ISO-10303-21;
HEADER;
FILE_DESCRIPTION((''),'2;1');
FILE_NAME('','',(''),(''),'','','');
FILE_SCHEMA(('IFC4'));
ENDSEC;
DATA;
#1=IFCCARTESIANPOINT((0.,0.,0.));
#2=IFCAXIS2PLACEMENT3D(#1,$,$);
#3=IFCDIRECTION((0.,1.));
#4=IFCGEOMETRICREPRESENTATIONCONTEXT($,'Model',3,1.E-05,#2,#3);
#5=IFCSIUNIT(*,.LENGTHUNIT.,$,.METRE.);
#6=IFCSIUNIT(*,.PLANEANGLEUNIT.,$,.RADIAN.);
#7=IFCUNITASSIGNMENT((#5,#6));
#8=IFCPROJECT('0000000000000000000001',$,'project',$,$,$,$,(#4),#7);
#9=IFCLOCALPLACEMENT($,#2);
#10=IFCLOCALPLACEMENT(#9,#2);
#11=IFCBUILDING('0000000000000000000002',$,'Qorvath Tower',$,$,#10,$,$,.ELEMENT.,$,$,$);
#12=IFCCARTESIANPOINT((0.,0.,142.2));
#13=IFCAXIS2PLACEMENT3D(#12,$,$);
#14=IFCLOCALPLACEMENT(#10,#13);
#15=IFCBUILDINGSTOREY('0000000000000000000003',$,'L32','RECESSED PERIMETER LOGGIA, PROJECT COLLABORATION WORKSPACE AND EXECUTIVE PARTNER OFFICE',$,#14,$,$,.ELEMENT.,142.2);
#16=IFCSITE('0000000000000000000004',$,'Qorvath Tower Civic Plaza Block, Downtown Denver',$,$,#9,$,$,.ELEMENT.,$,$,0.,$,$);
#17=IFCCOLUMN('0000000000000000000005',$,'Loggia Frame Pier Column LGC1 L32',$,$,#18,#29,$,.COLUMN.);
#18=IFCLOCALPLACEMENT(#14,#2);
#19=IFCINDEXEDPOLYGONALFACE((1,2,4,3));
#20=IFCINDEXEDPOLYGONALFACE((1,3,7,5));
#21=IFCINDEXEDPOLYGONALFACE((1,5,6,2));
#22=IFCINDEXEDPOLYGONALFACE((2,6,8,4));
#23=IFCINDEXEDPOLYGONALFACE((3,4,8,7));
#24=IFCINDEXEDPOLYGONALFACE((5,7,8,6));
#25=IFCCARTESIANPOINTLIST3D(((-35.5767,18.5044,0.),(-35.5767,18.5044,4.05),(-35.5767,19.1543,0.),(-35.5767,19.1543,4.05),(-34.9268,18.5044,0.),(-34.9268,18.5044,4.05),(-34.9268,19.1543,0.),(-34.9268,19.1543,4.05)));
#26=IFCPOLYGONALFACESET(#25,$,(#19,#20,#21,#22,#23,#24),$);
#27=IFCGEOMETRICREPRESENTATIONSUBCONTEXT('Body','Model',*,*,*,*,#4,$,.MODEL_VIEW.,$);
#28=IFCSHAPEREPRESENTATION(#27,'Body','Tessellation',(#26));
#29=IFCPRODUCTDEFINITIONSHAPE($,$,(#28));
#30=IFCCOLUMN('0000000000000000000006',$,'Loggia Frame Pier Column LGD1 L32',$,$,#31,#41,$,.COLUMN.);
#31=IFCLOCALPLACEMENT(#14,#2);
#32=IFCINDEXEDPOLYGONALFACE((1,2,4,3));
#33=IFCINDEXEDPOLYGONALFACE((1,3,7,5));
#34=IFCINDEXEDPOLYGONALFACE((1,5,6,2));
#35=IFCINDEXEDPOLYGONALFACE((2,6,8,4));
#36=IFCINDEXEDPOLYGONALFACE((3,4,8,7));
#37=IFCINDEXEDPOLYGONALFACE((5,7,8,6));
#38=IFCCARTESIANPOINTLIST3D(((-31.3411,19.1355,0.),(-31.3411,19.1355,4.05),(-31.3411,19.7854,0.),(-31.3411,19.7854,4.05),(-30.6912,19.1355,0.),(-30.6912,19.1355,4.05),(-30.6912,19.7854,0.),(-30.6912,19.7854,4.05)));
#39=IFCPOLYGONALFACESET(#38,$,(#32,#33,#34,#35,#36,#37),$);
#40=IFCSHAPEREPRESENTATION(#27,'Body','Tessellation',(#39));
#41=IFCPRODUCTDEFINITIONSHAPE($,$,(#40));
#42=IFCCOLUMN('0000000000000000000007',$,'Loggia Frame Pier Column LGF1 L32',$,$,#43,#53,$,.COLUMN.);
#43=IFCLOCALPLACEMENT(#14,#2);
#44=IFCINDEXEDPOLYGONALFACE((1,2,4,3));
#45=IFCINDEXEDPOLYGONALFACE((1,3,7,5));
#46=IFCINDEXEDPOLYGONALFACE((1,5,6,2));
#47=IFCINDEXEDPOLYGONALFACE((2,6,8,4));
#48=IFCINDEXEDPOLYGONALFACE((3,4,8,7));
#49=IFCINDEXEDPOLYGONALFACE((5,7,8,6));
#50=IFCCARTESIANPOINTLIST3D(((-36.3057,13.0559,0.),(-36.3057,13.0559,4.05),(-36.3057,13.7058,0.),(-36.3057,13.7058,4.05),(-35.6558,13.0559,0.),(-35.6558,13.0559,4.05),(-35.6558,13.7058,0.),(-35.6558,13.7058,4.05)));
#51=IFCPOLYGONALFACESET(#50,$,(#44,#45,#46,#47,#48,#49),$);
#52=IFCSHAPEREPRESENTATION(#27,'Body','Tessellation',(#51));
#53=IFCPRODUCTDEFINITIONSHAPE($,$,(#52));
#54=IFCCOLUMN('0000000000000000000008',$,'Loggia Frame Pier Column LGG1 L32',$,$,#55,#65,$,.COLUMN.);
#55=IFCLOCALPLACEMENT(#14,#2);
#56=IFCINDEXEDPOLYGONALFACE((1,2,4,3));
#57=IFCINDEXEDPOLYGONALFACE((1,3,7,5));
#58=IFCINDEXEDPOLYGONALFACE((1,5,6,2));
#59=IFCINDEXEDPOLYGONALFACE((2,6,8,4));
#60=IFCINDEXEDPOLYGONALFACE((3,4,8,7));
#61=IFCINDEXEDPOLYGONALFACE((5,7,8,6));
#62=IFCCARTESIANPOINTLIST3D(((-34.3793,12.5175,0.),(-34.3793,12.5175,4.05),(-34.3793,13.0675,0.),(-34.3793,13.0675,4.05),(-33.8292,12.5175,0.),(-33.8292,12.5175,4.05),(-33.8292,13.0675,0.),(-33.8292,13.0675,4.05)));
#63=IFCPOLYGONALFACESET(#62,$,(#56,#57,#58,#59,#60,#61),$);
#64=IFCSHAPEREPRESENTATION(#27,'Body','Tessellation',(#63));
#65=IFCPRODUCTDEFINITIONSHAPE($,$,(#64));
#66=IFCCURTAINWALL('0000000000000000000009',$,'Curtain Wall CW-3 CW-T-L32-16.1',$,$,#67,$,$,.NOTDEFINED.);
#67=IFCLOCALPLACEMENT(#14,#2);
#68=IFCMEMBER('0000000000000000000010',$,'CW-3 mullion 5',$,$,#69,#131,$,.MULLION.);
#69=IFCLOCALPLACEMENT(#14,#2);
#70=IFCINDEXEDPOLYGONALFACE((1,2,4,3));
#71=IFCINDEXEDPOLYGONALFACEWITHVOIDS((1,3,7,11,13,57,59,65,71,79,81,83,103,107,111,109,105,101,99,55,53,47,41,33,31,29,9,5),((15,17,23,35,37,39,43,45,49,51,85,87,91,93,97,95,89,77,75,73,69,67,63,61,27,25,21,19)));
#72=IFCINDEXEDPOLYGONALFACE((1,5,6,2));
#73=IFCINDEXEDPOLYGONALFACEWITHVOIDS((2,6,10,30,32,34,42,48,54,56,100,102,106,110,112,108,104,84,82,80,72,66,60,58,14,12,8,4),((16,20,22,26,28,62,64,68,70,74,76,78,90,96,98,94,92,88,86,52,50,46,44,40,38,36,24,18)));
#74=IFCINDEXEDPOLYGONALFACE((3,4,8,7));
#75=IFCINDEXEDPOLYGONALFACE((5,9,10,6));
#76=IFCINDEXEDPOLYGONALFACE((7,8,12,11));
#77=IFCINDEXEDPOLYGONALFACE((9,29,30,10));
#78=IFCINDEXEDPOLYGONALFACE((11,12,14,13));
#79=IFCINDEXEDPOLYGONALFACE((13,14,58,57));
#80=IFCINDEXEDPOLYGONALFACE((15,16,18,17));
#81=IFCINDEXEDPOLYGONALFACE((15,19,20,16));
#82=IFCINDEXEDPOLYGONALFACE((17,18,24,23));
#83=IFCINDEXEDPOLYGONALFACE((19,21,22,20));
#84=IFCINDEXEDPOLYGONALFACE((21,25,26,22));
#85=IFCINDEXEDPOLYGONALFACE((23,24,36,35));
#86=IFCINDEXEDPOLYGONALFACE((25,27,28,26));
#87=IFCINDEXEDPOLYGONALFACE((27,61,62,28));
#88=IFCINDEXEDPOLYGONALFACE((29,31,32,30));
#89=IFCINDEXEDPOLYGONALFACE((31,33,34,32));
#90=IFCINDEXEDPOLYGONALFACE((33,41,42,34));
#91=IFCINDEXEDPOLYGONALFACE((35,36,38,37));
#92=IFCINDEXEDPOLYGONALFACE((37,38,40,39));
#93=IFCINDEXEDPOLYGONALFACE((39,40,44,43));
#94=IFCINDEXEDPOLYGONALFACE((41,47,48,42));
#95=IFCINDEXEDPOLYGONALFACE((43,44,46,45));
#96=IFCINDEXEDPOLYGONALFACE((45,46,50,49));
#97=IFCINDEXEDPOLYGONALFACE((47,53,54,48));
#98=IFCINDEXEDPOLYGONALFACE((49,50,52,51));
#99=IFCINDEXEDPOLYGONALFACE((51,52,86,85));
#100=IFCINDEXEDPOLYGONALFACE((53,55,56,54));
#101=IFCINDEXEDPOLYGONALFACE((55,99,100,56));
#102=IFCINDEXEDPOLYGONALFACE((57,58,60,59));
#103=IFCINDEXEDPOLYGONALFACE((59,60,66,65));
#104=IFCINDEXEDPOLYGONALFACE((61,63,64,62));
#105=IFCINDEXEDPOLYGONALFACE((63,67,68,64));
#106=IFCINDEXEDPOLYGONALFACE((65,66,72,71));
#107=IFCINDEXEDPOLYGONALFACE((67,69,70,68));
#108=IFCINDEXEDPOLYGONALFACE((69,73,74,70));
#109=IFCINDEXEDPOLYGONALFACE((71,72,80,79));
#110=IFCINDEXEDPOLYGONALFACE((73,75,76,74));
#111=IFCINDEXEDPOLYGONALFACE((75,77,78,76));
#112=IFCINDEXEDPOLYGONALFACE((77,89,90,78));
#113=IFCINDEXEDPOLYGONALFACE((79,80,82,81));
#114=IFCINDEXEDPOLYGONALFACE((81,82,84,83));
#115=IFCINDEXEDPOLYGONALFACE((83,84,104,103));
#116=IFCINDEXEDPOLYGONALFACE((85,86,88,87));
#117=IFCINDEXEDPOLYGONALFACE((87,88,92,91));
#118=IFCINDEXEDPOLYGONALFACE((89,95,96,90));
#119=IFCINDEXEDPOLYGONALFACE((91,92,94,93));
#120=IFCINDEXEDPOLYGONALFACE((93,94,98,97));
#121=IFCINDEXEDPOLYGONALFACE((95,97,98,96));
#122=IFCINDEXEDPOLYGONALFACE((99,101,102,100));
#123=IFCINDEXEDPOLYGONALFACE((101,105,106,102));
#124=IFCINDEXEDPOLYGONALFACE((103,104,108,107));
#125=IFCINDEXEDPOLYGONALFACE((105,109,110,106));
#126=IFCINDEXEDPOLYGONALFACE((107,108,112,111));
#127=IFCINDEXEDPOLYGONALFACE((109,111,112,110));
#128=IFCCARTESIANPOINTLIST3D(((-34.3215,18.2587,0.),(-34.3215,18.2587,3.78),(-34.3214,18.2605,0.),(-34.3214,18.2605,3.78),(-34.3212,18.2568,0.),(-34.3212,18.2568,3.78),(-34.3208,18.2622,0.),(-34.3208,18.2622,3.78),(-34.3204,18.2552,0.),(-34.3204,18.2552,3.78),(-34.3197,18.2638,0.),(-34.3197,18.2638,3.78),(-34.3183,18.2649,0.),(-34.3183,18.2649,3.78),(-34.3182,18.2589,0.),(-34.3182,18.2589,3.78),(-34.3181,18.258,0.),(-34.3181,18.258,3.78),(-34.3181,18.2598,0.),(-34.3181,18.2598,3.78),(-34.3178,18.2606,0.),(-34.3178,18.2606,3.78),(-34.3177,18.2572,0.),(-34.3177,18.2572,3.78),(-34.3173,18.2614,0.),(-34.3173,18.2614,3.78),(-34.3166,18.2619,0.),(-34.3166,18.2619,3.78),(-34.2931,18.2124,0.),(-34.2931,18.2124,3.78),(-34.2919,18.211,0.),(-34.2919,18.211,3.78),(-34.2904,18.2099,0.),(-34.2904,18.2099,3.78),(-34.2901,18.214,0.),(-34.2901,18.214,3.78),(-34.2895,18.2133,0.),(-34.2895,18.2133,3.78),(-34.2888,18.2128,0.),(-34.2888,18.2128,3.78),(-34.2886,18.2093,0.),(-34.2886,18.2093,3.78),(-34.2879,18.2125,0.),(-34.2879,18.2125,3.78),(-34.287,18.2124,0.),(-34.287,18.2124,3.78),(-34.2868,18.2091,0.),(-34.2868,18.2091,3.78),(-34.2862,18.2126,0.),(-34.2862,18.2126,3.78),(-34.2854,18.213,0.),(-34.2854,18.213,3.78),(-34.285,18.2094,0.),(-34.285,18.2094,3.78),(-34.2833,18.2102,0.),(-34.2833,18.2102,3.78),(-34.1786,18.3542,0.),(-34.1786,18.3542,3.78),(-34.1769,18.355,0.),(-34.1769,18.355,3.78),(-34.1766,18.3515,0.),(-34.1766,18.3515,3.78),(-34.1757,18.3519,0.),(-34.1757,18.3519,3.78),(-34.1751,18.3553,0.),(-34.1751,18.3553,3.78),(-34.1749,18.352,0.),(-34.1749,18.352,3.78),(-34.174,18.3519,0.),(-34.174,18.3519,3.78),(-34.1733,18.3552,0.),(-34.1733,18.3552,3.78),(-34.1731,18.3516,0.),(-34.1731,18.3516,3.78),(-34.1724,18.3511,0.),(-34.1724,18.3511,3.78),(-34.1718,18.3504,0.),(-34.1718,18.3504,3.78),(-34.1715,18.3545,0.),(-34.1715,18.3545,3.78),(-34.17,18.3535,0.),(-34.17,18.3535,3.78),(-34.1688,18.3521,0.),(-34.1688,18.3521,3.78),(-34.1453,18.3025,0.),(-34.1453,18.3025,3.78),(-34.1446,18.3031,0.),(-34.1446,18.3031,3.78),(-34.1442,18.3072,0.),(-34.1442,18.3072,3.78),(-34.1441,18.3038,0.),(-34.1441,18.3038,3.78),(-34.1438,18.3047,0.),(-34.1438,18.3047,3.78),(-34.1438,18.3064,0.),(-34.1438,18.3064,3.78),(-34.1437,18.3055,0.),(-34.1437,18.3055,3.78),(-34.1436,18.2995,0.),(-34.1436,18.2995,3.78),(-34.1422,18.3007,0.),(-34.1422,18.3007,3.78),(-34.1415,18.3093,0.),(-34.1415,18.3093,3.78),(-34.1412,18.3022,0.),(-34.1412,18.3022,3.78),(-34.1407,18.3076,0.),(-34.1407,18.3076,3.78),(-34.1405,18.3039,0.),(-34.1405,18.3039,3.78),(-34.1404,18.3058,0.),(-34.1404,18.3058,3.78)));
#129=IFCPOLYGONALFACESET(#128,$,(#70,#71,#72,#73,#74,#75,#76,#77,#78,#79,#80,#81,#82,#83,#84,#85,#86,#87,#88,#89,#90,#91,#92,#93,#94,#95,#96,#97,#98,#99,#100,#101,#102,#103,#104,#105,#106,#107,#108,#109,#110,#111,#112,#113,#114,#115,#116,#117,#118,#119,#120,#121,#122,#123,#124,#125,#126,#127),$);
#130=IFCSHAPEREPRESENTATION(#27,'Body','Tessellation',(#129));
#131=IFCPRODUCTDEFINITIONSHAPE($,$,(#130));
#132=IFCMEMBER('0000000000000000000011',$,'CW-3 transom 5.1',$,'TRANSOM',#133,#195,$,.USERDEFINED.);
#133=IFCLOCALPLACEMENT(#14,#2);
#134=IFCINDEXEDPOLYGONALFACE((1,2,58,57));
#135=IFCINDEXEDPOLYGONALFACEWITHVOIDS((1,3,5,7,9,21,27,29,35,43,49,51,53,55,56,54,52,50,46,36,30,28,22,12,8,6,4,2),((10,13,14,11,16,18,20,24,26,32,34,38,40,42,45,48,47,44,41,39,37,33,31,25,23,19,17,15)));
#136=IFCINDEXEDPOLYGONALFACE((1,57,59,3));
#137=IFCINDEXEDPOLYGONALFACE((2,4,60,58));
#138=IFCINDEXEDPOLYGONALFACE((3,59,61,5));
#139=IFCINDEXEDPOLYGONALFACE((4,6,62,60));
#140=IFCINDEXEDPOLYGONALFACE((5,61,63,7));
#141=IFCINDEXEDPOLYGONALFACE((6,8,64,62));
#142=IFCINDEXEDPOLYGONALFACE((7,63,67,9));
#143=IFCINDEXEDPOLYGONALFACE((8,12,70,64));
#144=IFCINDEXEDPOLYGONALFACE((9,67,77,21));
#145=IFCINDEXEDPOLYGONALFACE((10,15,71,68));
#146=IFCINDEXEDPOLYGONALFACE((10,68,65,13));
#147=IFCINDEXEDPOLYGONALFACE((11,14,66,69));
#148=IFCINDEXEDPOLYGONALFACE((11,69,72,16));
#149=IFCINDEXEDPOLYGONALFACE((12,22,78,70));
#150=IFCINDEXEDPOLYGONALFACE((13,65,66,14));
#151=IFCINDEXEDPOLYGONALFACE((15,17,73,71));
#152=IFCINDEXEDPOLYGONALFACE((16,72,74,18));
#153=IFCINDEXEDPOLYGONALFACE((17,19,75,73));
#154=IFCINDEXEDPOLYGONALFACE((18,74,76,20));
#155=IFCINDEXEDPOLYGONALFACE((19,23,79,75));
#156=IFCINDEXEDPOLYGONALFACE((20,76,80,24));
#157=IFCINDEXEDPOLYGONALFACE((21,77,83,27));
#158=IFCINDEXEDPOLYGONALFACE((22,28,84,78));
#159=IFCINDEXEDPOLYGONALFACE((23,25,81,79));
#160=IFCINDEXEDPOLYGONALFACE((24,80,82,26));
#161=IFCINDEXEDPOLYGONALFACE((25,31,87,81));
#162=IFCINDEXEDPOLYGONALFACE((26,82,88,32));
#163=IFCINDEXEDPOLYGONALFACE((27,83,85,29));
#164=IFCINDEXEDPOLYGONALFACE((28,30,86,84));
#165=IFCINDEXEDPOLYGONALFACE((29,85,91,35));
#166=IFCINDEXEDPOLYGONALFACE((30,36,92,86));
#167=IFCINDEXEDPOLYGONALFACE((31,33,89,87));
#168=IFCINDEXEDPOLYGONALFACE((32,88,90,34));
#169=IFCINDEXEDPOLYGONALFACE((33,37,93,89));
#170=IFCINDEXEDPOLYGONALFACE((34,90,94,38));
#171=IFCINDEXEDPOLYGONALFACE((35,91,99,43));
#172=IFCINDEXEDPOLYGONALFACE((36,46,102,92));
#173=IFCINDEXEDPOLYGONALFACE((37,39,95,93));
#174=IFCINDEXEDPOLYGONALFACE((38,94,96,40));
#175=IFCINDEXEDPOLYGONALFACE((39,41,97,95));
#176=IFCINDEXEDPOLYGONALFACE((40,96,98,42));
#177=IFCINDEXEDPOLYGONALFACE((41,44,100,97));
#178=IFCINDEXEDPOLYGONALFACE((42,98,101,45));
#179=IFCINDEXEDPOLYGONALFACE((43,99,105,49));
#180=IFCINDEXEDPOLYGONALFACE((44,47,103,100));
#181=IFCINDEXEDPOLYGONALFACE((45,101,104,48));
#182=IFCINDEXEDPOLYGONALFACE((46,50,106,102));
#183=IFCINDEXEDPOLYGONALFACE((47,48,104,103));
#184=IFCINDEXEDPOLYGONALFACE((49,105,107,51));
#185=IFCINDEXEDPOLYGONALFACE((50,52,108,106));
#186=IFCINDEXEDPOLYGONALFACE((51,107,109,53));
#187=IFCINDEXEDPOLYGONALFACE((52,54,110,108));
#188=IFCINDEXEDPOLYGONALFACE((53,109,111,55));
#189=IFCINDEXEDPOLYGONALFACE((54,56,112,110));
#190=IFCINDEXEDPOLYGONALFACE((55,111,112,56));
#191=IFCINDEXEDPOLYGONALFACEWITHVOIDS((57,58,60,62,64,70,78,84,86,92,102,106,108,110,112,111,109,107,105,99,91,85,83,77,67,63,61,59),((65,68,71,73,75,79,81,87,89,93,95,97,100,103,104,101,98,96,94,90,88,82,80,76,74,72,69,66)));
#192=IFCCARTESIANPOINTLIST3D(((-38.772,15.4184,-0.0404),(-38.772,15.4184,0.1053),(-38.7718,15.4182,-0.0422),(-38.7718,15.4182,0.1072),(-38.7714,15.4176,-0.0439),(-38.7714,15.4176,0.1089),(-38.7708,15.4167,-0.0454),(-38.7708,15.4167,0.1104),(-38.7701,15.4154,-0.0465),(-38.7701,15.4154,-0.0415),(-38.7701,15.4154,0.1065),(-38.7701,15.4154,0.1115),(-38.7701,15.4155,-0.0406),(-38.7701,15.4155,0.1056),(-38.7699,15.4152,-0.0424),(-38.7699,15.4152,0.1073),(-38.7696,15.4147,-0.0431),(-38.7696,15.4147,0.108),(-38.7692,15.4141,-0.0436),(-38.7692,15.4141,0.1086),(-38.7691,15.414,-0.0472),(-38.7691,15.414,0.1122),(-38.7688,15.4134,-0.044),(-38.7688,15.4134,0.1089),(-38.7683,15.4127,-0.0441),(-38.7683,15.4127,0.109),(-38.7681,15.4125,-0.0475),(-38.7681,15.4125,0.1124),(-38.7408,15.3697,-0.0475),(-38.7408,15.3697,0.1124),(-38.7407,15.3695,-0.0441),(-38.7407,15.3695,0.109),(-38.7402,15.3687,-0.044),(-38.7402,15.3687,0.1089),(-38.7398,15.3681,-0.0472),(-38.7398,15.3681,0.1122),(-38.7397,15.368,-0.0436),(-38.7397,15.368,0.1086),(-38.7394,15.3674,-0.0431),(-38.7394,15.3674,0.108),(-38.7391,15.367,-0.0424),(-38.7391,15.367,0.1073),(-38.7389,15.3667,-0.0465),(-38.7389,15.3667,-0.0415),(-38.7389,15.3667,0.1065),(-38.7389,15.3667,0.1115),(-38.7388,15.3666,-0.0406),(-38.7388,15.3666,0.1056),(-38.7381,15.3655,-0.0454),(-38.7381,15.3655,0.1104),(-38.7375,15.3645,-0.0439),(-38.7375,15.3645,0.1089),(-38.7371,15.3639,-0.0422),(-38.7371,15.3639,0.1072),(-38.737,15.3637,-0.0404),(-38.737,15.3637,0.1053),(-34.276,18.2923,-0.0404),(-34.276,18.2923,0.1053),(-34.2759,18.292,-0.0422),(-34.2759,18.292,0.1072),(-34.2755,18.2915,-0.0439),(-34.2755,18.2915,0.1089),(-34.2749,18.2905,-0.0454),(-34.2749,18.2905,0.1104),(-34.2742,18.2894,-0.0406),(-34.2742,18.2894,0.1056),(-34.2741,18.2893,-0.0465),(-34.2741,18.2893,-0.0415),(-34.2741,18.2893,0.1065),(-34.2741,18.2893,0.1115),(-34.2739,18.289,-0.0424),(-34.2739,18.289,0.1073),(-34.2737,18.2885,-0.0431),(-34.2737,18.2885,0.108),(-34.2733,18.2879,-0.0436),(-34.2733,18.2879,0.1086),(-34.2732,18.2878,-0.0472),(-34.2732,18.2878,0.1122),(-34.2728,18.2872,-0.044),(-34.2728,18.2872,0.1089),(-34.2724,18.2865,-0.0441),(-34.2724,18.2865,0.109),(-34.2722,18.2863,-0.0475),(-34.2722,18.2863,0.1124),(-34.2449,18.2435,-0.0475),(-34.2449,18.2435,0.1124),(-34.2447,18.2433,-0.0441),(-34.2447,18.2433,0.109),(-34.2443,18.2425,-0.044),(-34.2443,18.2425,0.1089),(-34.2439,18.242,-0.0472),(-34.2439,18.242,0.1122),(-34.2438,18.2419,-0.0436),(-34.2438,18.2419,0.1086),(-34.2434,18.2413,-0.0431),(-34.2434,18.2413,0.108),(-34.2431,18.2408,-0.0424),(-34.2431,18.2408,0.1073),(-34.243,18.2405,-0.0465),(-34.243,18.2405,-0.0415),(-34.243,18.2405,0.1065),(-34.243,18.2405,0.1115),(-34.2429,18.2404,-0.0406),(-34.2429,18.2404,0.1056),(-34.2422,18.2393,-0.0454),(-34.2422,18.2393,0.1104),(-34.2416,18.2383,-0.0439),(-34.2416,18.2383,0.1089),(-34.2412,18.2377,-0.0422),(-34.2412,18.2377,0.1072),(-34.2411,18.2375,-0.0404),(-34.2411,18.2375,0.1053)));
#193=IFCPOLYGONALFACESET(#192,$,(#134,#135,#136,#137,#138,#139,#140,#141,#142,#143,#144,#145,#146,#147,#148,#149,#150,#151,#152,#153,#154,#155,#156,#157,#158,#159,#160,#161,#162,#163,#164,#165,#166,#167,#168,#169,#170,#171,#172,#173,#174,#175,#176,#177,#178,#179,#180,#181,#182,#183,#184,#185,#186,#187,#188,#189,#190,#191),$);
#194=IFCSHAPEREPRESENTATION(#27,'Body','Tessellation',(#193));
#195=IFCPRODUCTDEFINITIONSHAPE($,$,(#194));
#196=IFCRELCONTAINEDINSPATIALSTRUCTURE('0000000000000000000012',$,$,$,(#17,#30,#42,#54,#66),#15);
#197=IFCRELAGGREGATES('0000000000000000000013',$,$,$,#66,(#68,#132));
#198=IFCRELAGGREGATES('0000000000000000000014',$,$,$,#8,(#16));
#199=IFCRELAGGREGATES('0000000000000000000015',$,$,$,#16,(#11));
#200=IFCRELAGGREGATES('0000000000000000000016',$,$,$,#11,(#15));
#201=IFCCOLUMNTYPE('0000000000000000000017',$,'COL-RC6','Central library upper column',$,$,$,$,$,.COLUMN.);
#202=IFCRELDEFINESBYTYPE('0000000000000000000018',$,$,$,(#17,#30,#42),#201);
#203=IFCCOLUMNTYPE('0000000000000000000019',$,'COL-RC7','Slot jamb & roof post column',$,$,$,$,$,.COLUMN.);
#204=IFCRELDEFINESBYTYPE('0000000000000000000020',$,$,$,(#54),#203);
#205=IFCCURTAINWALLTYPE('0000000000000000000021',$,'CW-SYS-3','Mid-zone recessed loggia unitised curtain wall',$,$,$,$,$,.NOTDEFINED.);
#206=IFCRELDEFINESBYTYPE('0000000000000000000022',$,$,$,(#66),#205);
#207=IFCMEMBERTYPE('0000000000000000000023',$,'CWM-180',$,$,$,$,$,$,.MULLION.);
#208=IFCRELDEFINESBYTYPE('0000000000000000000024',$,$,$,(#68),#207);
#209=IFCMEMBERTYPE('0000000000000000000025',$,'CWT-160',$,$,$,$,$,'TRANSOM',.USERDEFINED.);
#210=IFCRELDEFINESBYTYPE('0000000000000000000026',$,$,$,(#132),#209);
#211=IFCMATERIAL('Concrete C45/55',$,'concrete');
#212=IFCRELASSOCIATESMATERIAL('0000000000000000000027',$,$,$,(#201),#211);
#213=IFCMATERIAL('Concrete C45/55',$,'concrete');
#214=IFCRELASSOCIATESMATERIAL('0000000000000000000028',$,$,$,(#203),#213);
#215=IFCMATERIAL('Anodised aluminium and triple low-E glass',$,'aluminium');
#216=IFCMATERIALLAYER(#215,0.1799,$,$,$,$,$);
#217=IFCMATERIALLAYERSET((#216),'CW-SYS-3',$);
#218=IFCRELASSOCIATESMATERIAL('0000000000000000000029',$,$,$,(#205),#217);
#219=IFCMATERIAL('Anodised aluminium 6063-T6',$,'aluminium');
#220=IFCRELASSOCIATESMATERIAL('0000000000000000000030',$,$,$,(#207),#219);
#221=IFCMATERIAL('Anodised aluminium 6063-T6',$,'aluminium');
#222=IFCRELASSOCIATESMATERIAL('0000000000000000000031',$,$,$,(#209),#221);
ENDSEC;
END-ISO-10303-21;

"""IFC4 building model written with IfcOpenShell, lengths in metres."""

from ifc_helpers import new_model, si_unit, direction, frame, origin, origin_2d, place, context, subcontext, project, spatial, rectangle, hollow_rectangle, extrude, material, layer, layer_set, material_profile, profile_set, type_object, element, aggregate, save


model = new_model("IFC4")

# Units and contexts
model_context = context("Model", 3, precision=1e-05, world=origin(), true_north=direction((0.0, 1.0)))
body_context = subcontext(model_context, "Body", "Model", "MODEL_VIEW")
ifc_project = project(units=[si_unit("LENGTHUNIT", "METRE"), si_unit("PLANEANGLEUNIT", "RADIAN")], contexts=[model_context])

# Site, building, storey
site_placement = place(None, origin())
site = spatial("IfcSite", under=ifc_project, at=site_placement, Name="Qorvath Tower Civic Plaza Block, Downtown Denver", CompositionType="ELEMENT", RefElevation=0.0)
building_placement = place(site_placement, origin())
building = spatial("IfcBuilding", under=site, at=building_placement, Name="Qorvath Tower", CompositionType="ELEMENT")
storey_placement = place(building_placement, frame((0.0, 0.0, 142.2)))
storey = spatial("IfcBuildingStorey", under=building, at=storey_placement, Name="L32", Description="RECESSED PERIMETER LOGGIA, PROJECT COLLABORATION WORKSPACE AND EXECUTIVE PARTNER OFFICE", CompositionType="ELEMENT", Elevation=142.2)

# Columns
ifc_material_1 = material(Name="Concrete C45/55", Category="concrete")
ifc_material_profile_1 = material_profile(ifc_material_1, rectangle(XDim=0.6499, YDim=0.6499, at=origin_2d()), Name="RC 650x650")
ifc_profile_set_1 = profile_set([ifc_material_profile_1], Name="Concrete C45/55")
column_type_1 = type_object("IfcColumnType", Name="COL-RC6", Description="Central library upper column", PredefinedType="COLUMN", material=ifc_profile_set_1)
for number, where, z_axis, x_axis, name in (
    (1, (-35.2517, 18.8293, 0.0), (0.0, 0.0, 1.0), (1.0, 0.0, 0.0), "Loggia Frame Pier Column LGC1 L32"),
    (2, (-31.0161, 19.4604, 0.0), (0.0, 0.0, 1.0), (1.0, 0.0, 0.0), "Loggia Frame Pier Column LGD1 L32"),
    (3, (-35.9807, 13.3809, 0.0), (0.0, 0.0, 1.0), (1.0, 0.0, 0.0), "Loggia Frame Pier Column LGF1 L32"),
):
    element("IfcColumn", number, at=place(storey_placement, frame(where, z_axis=z_axis, x_axis=x_axis)), inside=storey, type_object=column_type_1, Name=name, PredefinedType="COLUMN", context=body_context, shape_type="SweptSolid", body=[
        extrude(rectangle(XDim=0.6499, YDim=0.6499, at=origin_2d()), origin(), (0.0, 0.0, 1.0), 4.05),
    ])
ifc_material_2 = material(Name="Concrete C45/55", Category="concrete")
ifc_material_profile_2 = material_profile(ifc_material_2, rectangle(XDim=0.55, YDim=0.55, at=origin_2d()), Name="RC 550x550")
ifc_profile_set_2 = profile_set([ifc_material_profile_2], Name="Concrete C45/55")
column_type_2 = type_object("IfcColumnType", Name="COL-RC7", Description="Slot jamb & roof post column", PredefinedType="COLUMN", material=ifc_profile_set_2)
column_placement = place(storey_placement, frame((-34.1042, 12.7925, 0.0), z_axis=(0.0, 0.0, 1.0), x_axis=(1.0, 0.0, 0.0)))
element("IfcColumn", 4, at=column_placement, inside=storey, type_object=column_type_2, Name="Loggia Frame Pier Column LGG1 L32", PredefinedType="COLUMN", context=body_context, shape_type="SweptSolid", body=[
    extrude(rectangle(XDim=0.55, YDim=0.55, at=origin_2d()), origin(), (0.0, 0.0, 1.0), 4.05),
])

# Curtain wall, members
ifc_material_3 = material(Name="Anodised aluminium and triple low-E glass", Category="aluminium")
ifc_layer_1 = layer(ifc_material_3, 0.1799)
ifc_layer_set_1 = layer_set([ifc_layer_1], Name="CW-SYS-3")
curtain_wall_type = type_object("IfcCurtainWallType", Name="CW-SYS-3", Description="Mid-zone recessed loggia unitised curtain wall", PredefinedType="NOTDEFINED", material=ifc_layer_set_1)
curtain_wall_placement = place(storey_placement, origin())
curtain_wall = element("IfcCurtainWall", 5, at=curtain_wall_placement, inside=storey, type_object=curtain_wall_type, Name="Curtain Wall CW-3 CW-T-L32-16.1", PredefinedType="NOTDEFINED")
ifc_material_4 = material(Name="Anodised aluminium 6063-T6", Category="aluminium")
ifc_material_profile_3 = material_profile(ifc_material_4, hollow_rectangle(XDim=0.0649, YDim=0.1799, WallThickness=0.0034, InnerFilletRadius=0.0034, OuterFilletRadius=0.0071, at=origin_2d()), Name="CWM 180x65")
ifc_profile_set_3 = profile_set([ifc_material_profile_3], Name="Anodised aluminium 6063-T6")
member_type_1 = type_object("IfcMemberType", Name="CWM-180", PredefinedType="MULLION", material=ifc_profile_set_3)
member_1_placement = place(storey_placement, frame((-34.231, 18.2822, 0.0), z_axis=(0.0, 0.0, 1.0), x_axis=(0.538533, -0.842604, 0.0)))
member_1 = element("IfcMember", 6, at=member_1_placement, type_object=member_type_1, Name="CW-3 mullion 5", PredefinedType="MULLION", context=body_context, shape_type="SweptSolid", body=[
    extrude(hollow_rectangle(XDim=0.0649, YDim=0.1799, WallThickness=0.0034, InnerFilletRadius=0.0034, OuterFilletRadius=0.0071, at=origin_2d()), origin(), (0.0, 0.0, 1.0), 3.78),
])
ifc_material_5 = material(Name="Anodised aluminium 6063-T6", Category="aluminium")
ifc_material_profile_4 = material_profile(ifc_material_5, hollow_rectangle(XDim=0.0649, YDim=0.1599, WallThickness=0.0034, InnerFilletRadius=0.0034, OuterFilletRadius=0.0071, at=origin_2d()), Name="CWT 160x65")
ifc_profile_set_4 = profile_set([ifc_material_profile_4], Name="Anodised aluminium 6063-T6")
member_type_2 = type_object("IfcMemberType", Name="CWT-160", ElementType="TRANSOM", PredefinedType="USERDEFINED", material=ifc_profile_set_4)
member_2_placement = place(storey_placement, frame((-34.2585, 18.2649, 0.0325), z_axis=(-0.842575, -0.53858, 0.0), x_axis=(0.53858, -0.842575, 0.0)))
member_2 = element("IfcMember", 7, at=member_2_placement, type_object=member_type_2, Name="CW-3 transom 5.1", ObjectType="TRANSOM", PredefinedType="USERDEFINED", context=body_context, shape_type="SweptSolid", body=[
    extrude(hollow_rectangle(XDim=0.0649, YDim=0.1599, WallThickness=0.0034, InnerFilletRadius=0.0034, OuterFilletRadius=0.0071, at=origin_2d()), origin(), (0.0, 0.0, 1.0), 5.3359),
])
aggregate(curtain_wall, [member_1, member_2])

save(model, "model.ifc")
